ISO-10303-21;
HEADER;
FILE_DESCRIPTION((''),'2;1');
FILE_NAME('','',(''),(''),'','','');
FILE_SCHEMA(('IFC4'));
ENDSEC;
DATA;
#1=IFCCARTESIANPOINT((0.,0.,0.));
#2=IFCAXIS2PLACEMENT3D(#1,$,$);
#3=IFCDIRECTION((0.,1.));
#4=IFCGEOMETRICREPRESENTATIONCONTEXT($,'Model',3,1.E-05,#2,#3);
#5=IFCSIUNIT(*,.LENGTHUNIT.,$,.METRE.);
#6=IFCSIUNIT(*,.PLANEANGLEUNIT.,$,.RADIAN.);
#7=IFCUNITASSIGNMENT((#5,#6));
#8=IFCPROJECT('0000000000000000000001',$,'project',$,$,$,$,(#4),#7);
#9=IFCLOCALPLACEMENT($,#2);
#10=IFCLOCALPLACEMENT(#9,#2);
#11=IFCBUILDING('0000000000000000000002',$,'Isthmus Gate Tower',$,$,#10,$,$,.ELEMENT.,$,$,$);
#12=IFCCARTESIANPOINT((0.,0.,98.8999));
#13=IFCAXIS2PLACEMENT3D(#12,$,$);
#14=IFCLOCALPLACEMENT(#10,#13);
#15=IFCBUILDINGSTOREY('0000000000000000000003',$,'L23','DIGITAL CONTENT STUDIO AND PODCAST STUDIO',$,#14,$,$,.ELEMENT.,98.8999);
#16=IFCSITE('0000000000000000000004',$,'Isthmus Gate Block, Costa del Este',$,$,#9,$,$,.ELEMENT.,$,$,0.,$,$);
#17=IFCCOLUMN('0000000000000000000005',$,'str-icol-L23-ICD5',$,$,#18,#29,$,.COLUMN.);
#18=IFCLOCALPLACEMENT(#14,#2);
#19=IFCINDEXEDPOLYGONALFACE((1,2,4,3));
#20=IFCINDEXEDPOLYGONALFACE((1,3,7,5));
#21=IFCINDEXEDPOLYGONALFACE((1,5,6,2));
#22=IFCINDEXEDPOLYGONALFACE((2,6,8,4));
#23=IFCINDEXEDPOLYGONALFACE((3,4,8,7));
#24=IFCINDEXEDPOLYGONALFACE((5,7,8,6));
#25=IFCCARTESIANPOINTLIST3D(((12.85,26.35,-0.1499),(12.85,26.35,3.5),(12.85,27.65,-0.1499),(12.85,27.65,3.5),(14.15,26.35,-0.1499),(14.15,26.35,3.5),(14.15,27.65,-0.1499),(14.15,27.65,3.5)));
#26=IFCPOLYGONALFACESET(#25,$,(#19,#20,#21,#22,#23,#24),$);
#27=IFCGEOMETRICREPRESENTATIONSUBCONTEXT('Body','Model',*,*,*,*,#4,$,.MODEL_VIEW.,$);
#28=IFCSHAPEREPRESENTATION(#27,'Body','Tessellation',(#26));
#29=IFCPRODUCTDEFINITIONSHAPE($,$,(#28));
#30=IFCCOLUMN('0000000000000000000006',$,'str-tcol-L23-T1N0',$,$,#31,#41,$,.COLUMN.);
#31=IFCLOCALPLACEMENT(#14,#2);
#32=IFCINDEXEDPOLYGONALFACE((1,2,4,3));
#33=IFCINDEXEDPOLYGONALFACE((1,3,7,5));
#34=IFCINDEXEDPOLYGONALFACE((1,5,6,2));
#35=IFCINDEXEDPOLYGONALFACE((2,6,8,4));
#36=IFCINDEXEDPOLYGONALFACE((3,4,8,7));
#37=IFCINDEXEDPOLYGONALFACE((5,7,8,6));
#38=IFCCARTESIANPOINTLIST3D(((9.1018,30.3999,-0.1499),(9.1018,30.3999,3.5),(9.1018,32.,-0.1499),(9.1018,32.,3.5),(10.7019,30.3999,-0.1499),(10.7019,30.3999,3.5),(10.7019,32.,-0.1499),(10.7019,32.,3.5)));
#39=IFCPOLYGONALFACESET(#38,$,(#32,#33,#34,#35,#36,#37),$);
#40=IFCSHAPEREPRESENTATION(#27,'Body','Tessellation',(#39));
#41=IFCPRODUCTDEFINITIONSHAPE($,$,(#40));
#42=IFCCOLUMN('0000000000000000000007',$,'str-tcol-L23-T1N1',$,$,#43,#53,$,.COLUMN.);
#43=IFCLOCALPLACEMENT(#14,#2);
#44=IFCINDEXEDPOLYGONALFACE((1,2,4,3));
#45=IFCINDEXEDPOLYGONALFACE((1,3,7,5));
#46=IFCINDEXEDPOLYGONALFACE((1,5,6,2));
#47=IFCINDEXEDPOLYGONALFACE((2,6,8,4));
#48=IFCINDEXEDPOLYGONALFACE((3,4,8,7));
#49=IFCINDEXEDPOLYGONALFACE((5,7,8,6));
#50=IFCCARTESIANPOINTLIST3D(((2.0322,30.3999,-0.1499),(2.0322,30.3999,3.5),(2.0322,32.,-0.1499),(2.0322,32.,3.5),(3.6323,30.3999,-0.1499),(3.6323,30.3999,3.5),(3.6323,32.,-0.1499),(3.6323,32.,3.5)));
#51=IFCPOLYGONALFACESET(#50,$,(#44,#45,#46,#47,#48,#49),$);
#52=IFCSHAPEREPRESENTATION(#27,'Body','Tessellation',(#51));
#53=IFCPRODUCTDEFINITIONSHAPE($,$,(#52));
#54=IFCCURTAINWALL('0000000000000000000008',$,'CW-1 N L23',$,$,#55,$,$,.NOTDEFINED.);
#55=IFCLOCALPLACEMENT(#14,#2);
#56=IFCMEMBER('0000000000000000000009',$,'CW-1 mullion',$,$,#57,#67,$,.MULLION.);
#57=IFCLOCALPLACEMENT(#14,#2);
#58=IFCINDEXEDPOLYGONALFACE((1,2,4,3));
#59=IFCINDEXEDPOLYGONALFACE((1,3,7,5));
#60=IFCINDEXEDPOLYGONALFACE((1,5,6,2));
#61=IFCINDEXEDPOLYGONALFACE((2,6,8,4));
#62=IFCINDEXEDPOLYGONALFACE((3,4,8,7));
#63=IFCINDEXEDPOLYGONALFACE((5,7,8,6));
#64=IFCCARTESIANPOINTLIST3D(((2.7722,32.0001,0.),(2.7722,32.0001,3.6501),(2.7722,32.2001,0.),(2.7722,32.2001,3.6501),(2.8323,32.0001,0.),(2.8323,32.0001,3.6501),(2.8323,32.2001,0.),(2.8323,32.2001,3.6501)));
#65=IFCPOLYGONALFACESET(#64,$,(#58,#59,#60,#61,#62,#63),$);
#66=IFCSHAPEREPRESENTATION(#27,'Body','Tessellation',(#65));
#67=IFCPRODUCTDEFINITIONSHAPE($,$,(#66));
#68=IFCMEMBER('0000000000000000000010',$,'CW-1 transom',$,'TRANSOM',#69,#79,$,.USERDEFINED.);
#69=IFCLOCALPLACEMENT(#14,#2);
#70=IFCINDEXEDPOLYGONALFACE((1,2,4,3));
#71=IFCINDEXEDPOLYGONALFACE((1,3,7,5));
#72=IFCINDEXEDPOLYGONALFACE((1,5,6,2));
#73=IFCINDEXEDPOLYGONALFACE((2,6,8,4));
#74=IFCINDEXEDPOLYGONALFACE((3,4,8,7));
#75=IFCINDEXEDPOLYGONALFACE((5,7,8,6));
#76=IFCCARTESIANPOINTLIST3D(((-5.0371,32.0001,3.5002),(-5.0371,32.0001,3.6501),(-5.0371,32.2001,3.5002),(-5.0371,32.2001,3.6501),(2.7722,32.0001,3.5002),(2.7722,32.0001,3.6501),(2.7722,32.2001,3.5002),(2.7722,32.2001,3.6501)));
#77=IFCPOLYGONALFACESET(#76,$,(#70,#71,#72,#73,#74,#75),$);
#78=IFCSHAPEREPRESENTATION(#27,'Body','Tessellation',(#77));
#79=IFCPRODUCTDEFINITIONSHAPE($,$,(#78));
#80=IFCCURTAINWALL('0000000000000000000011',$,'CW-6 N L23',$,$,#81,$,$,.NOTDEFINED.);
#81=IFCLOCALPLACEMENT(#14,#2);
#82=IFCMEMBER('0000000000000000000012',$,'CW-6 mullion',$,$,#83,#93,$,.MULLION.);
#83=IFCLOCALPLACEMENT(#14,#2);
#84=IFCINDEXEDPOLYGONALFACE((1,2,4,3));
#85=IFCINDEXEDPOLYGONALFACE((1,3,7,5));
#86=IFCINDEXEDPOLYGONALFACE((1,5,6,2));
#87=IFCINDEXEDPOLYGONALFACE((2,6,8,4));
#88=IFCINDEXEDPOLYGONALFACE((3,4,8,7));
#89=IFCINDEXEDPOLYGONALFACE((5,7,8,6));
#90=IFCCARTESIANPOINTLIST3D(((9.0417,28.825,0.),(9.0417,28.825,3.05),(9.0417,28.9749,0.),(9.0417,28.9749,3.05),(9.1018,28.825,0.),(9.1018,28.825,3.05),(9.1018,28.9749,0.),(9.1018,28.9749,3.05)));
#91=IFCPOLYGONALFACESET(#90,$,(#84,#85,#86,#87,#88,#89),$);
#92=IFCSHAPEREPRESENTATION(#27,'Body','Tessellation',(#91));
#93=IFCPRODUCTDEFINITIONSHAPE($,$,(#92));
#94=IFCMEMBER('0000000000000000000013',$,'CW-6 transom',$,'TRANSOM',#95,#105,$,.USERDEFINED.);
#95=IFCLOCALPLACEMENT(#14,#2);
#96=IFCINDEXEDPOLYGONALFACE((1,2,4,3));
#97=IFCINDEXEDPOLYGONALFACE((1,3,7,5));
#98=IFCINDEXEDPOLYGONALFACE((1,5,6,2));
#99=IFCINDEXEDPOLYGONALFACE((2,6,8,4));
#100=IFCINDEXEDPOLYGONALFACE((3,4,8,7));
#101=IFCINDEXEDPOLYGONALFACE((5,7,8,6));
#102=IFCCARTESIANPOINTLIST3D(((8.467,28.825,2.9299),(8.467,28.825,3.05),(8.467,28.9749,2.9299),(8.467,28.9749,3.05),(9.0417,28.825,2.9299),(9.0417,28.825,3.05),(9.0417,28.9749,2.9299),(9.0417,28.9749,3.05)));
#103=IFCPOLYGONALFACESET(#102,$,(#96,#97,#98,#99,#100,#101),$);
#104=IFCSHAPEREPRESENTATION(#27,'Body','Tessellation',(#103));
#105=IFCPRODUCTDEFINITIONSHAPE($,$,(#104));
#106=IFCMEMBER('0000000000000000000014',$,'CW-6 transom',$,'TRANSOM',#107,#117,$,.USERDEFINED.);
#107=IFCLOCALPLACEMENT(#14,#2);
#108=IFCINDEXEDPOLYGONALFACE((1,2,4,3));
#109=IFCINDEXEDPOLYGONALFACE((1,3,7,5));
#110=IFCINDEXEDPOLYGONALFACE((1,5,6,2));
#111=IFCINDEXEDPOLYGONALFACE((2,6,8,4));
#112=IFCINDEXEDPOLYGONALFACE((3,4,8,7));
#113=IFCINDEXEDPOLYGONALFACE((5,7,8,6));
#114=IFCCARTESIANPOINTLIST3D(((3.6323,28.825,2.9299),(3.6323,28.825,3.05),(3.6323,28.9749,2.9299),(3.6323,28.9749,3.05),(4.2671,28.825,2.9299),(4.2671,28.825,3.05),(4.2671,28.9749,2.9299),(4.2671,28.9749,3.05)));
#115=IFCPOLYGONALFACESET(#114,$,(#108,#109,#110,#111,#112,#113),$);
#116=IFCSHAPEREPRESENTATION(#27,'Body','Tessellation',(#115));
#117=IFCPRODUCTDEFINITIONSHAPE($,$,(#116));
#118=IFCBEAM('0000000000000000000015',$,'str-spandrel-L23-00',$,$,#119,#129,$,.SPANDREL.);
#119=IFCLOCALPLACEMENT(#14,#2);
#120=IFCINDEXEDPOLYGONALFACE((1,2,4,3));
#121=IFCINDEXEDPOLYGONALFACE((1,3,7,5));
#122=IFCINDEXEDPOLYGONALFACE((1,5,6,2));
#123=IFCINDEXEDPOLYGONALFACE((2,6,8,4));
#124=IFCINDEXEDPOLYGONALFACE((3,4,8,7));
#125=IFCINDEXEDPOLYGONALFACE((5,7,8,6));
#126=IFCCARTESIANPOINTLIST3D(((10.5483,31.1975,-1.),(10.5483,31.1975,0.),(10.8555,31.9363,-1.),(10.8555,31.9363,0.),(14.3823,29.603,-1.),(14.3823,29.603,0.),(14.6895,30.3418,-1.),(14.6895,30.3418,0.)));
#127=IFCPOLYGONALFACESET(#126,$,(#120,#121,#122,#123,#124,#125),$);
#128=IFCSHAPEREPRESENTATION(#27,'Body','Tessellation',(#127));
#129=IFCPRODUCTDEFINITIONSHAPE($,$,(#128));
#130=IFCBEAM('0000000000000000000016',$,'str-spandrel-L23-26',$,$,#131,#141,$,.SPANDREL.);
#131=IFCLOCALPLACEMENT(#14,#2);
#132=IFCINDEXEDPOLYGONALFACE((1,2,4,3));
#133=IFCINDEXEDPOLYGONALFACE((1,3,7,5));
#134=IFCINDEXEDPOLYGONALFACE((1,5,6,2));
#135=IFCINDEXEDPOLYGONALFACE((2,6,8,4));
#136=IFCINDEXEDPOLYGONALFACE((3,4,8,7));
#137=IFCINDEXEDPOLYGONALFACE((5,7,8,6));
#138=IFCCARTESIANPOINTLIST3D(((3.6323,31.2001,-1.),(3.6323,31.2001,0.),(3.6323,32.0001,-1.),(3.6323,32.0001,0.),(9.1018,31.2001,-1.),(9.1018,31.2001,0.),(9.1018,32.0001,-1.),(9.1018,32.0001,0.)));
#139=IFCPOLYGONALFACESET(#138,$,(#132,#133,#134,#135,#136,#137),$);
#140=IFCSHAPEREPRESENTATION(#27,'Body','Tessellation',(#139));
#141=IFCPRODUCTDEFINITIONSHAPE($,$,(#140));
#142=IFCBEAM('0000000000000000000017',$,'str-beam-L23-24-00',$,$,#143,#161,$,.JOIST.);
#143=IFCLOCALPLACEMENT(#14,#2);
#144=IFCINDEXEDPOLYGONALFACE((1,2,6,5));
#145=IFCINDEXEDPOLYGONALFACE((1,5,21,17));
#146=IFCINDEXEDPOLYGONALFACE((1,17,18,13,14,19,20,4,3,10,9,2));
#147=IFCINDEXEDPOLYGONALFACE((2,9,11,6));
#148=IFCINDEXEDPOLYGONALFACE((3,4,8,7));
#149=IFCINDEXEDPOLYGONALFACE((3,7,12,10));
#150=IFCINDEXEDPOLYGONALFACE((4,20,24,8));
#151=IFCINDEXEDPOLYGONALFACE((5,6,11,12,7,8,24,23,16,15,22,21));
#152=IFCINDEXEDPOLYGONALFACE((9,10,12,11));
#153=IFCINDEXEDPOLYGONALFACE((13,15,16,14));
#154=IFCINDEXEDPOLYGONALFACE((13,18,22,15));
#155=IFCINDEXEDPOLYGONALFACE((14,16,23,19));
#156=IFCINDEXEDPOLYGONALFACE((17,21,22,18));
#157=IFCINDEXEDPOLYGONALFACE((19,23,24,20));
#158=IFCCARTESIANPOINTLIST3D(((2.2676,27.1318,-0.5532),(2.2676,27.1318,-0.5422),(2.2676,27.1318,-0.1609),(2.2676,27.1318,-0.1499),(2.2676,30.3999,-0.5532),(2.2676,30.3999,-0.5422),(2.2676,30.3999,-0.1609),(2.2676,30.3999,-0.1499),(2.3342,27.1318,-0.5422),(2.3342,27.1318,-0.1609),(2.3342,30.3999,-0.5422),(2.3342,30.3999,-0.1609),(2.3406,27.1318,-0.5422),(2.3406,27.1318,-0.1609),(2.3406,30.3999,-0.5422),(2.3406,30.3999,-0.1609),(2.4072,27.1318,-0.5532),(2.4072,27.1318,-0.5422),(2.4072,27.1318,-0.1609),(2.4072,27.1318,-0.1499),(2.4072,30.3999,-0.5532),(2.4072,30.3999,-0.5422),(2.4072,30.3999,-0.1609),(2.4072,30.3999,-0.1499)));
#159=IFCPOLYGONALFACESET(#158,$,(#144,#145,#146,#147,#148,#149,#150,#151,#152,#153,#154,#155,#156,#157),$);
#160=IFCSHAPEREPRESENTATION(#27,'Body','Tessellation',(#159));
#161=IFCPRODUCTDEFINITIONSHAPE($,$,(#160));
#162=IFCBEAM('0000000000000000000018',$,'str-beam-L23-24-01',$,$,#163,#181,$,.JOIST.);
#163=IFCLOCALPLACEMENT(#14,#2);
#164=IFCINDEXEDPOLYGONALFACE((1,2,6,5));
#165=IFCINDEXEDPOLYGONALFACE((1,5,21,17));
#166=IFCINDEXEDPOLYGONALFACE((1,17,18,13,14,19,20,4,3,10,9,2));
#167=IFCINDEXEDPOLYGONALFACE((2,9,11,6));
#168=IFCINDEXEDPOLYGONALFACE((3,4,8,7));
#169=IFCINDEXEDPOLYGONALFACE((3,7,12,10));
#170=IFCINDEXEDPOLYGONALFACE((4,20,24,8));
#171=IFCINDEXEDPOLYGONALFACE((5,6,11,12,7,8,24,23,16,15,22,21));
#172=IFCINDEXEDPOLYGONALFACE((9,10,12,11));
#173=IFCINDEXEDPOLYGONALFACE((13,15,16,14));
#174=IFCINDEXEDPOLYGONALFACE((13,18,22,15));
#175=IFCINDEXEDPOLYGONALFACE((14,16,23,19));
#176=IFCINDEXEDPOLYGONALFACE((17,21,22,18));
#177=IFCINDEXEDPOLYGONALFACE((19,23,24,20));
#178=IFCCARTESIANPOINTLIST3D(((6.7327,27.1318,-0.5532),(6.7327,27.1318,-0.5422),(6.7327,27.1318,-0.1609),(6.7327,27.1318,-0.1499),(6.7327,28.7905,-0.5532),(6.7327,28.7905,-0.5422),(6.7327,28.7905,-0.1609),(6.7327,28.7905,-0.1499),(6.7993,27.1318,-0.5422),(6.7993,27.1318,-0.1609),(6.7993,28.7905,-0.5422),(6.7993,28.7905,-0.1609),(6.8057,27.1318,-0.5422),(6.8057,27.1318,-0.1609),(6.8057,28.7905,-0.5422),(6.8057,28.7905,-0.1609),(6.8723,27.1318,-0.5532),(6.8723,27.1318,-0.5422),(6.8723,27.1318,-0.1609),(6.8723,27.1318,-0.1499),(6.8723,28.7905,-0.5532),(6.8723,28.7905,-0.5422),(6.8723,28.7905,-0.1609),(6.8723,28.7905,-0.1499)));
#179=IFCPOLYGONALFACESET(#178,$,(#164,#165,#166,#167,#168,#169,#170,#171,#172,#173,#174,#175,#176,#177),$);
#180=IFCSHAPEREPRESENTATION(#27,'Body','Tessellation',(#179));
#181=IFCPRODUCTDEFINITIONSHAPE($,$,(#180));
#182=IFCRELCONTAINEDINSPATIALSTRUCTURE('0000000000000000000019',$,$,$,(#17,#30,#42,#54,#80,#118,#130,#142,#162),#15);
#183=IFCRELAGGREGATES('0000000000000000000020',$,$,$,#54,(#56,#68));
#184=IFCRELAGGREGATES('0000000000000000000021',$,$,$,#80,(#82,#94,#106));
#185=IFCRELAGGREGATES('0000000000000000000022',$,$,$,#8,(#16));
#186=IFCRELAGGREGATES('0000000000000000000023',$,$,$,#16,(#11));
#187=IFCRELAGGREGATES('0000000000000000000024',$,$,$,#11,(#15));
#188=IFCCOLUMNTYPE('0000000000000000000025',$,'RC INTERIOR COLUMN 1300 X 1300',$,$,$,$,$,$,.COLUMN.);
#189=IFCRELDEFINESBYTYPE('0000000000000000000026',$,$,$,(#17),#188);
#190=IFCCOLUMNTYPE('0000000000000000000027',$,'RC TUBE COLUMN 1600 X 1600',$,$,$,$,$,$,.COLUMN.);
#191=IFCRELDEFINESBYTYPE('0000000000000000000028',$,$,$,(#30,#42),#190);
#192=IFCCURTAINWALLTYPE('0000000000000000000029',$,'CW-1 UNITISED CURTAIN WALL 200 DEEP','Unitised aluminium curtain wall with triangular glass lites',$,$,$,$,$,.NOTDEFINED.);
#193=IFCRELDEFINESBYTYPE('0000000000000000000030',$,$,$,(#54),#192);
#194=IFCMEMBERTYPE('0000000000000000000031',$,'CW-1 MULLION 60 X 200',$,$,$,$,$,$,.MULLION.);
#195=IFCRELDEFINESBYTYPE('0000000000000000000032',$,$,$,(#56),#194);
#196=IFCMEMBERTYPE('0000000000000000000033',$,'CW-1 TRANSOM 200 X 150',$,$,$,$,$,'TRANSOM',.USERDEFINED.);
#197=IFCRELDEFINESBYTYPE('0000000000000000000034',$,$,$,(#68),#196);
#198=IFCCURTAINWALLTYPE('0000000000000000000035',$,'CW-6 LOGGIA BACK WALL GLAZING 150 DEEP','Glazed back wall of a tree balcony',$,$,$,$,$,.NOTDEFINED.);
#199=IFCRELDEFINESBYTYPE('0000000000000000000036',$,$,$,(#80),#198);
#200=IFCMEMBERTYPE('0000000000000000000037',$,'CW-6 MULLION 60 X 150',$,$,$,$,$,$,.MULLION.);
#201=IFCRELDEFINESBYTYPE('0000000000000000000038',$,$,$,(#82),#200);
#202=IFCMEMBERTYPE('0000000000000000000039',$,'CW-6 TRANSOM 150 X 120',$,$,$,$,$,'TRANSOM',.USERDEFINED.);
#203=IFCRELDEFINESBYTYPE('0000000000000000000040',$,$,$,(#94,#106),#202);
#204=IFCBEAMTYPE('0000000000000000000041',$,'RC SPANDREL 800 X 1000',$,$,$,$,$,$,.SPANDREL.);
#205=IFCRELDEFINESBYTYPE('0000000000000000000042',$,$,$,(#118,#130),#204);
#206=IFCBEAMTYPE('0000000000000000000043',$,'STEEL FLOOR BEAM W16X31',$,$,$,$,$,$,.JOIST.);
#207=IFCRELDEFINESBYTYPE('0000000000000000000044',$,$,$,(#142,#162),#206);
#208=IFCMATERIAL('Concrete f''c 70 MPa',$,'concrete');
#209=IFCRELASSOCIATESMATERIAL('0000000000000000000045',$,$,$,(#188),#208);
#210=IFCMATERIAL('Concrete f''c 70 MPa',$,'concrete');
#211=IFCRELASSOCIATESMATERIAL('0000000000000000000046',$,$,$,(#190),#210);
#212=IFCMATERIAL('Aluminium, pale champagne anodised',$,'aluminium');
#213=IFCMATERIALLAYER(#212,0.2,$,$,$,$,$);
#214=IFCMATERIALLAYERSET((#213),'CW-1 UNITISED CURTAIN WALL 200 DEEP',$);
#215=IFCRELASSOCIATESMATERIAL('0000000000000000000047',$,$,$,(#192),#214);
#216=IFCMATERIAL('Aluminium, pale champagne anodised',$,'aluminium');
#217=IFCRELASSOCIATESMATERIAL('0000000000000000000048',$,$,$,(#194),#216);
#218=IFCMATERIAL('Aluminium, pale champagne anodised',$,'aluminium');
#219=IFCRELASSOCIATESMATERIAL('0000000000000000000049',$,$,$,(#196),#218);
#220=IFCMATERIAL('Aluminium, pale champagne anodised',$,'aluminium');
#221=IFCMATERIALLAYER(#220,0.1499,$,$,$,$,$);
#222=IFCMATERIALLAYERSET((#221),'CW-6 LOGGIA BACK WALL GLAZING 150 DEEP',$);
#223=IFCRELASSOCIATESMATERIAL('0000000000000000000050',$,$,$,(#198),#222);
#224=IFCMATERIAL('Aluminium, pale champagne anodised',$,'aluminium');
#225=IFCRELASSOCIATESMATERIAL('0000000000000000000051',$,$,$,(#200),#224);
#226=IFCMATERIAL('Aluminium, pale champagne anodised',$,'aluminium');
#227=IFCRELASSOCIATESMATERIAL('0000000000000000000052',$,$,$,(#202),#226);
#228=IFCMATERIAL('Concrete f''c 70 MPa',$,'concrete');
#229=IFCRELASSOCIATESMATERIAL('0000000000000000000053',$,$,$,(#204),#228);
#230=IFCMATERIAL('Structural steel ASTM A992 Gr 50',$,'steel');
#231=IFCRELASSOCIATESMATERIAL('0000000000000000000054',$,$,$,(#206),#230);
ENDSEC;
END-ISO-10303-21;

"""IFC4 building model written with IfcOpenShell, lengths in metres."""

from ifc_helpers import new_model, si_unit, direction, frame, origin, origin_2d, place, context, subcontext, project, spatial, rectangle, i_section, extrude, material, layer, layer_set, material_profile, profile_set, type_object, element, aggregate, save


model = new_model("IFC4")

# Units and contexts
model_context = context("Model", 3, precision=1e-05, world=origin(), true_north=direction((0.0, 1.0)))
body_context = subcontext(model_context, "Body", "Model", "MODEL_VIEW")
ifc_project = project(units=[si_unit("LENGTHUNIT", "METRE"), si_unit("PLANEANGLEUNIT", "RADIAN")], contexts=[model_context])

# Site, building, storey
site_placement = place(None, origin())
site = spatial("IfcSite", under=ifc_project, at=site_placement, Name="Isthmus Gate Block, Costa del Este", CompositionType="ELEMENT", RefElevation=0.0)
building_placement = place(site_placement, origin())
building = spatial("IfcBuilding", under=site, at=building_placement, Name="Isthmus Gate Tower", CompositionType="ELEMENT")
storey_placement = place(building_placement, frame((0.0, 0.0, 98.8999)))
storey = spatial("IfcBuildingStorey", under=building, at=storey_placement, Name="L23", Description="DIGITAL CONTENT STUDIO AND PODCAST STUDIO", CompositionType="ELEMENT", Elevation=98.8999)

# Columns
ifc_material_1 = material(Name="Concrete f'c 70 MPa", Category="concrete")
ifc_material_profile_1 = material_profile(ifc_material_1, rectangle(XDim=1.3, YDim=1.3, at=origin_2d()), Name="RC 1300X1300")
ifc_profile_set_1 = profile_set([ifc_material_profile_1], Name="Concrete f'c 70 MPa")
column_type_1 = type_object("IfcColumnType", Name="RC INTERIOR COLUMN 1300 X 1300", PredefinedType="COLUMN", material=ifc_profile_set_1)
column_placement = place(storey_placement, frame((13.5, 27.0, -0.1499), z_axis=(0.0, 0.0, 1.0), x_axis=(1.0, 0.0, 0.0)))
element("IfcColumn", 1, at=column_placement, inside=storey, type_object=column_type_1, Name="str-icol-L23-ICD5", PredefinedType="COLUMN", context=body_context, shape_type="SweptSolid", body=[
    extrude(rectangle(XDim=1.3, YDim=1.3, at=origin_2d()), origin(), (0.0, 0.0, 1.0), 3.6499),
])
ifc_material_2 = material(Name="Concrete f'c 70 MPa", Category="concrete")
ifc_material_profile_2 = material_profile(ifc_material_2, rectangle(XDim=1.6001, YDim=1.6001, at=origin_2d()), Name="RC 1600X1600")
ifc_profile_set_2 = profile_set([ifc_material_profile_2], Name="Concrete f'c 70 MPa")
column_type_2 = type_object("IfcColumnType", Name="RC TUBE COLUMN 1600 X 1600", PredefinedType="COLUMN", material=ifc_profile_set_2)
for number, where, z_axis, x_axis, name in (
    (2, (9.9019, 31.2, -0.1499), (0.0, 0.0, 1.0), (-1.0, 0.0, 0.0), "str-tcol-L23-T1N0"),
    (3, (2.8323, 31.2, -0.1499), (0.0, 0.0, 1.0), (-1.0, 0.0, 0.0), "str-tcol-L23-T1N1"),
):
    element("IfcColumn", number, at=place(storey_placement, frame(where, z_axis=z_axis, x_axis=x_axis)), inside=storey, type_object=column_type_2, Name=name, PredefinedType="COLUMN", context=body_context, shape_type="SweptSolid", body=[
        extrude(rectangle(XDim=1.6001, YDim=1.6001, at=origin_2d()), origin(), (0.0, 0.0, 1.0), 3.6499),
    ])

# Curtain walls, members
ifc_material_3 = material(Name="Aluminium, pale champagne anodised", Category="aluminium")
ifc_layer_1 = layer(ifc_material_3, 0.2)
ifc_layer_set_1 = layer_set([ifc_layer_1], Name="CW-1 UNITISED CURTAIN WALL 200 DEEP")
curtain_wall_type_1 = type_object("IfcCurtainWallType", Name="CW-1 UNITISED CURTAIN WALL 200 DEEP", Description="Unitised aluminium curtain wall with triangular glass lites", PredefinedType="NOTDEFINED", material=ifc_layer_set_1)
curtain_wall_1_placement = place(storey_placement, origin())
curtain_wall_1 = element("IfcCurtainWall", 4, at=curtain_wall_1_placement, inside=storey, type_object=curtain_wall_type_1, Name="CW-1 N L23", PredefinedType="NOTDEFINED")
ifc_material_4 = material(Name="Aluminium, pale champagne anodised", Category="aluminium")
ifc_material_profile_3 = material_profile(ifc_material_4, rectangle(XDim=0.0601, YDim=0.2, at=origin_2d()), Name="60x200")
ifc_profile_set_3 = profile_set([ifc_material_profile_3], Name="Aluminium, pale champagne anodised")
member_type_1 = type_object("IfcMemberType", Name="CW-1 MULLION 60 X 200", PredefinedType="MULLION", material=ifc_profile_set_3)
member_1_placement = place(storey_placement, frame((2.8022, 32.1001, 0.0), z_axis=(0.0, 0.0, 1.0), x_axis=(-1.0, 0.0, 0.0)))
member_1 = element("IfcMember", 5, at=member_1_placement, type_object=member_type_1, Name="CW-1 mullion", PredefinedType="MULLION", context=body_context, shape_type="SweptSolid", body=[
    extrude(rectangle(XDim=0.0601, YDim=0.2, at=origin_2d()), origin(), (0.0, 0.0, 1.0), 3.6501),
])
ifc_material_5 = material(Name="Aluminium, pale champagne anodised", Category="aluminium")
ifc_material_profile_4 = material_profile(ifc_material_5, rectangle(XDim=0.2, YDim=0.1499, at=origin_2d()), Name="200x150")
ifc_profile_set_4 = profile_set([ifc_material_profile_4], Name="Aluminium, pale champagne anodised")
member_type_2 = type_object("IfcMemberType", Name="CW-1 TRANSOM 200 X 150", ElementType="TRANSOM", PredefinedType="USERDEFINED", material=ifc_profile_set_4)
member_2_placement = place(storey_placement, frame((2.7722, 32.1001, 3.5752), z_axis=(-1.0, 0.0, 0.0), x_axis=(0.0, -1.0, 0.0)))
member_2 = element("IfcMember", 6, at=member_2_placement, type_object=member_type_2, Name="CW-1 transom", ObjectType="TRANSOM", PredefinedType="USERDEFINED", context=body_context, shape_type="SweptSolid", body=[
    extrude(rectangle(XDim=0.2, YDim=0.1499, at=origin_2d()), origin(), (0.0, 0.0, 1.0), 7.8093),
])
aggregate(curtain_wall_1, [member_1, member_2])
ifc_material_6 = material(Name="Aluminium, pale champagne anodised", Category="aluminium")
ifc_layer_2 = layer(ifc_material_6, 0.1499)
ifc_layer_set_2 = layer_set([ifc_layer_2], Name="CW-6 LOGGIA BACK WALL GLAZING 150 DEEP")
curtain_wall_type_2 = type_object("IfcCurtainWallType", Name="CW-6 LOGGIA BACK WALL GLAZING 150 DEEP", Description="Glazed back wall of a tree balcony", PredefinedType="NOTDEFINED", material=ifc_layer_set_2)
curtain_wall_2_placement = place(storey_placement, origin())
curtain_wall_2 = element("IfcCurtainWall", 7, at=curtain_wall_2_placement, inside=storey, type_object=curtain_wall_type_2, Name="CW-6 N L23", PredefinedType="NOTDEFINED")
ifc_material_7 = material(Name="Aluminium, pale champagne anodised", Category="aluminium")
ifc_material_profile_5 = material_profile(ifc_material_7, rectangle(XDim=0.0601, YDim=0.1499, at=origin_2d()), Name="60x150")
ifc_profile_set_5 = profile_set([ifc_material_profile_5], Name="Aluminium, pale champagne anodised")
member_type_3 = type_object("IfcMemberType", Name="CW-6 MULLION 60 X 150", PredefinedType="MULLION", material=ifc_profile_set_5)
member_3_placement = place(storey_placement, frame((9.0718, 28.8999, 0.0), z_axis=(0.0, 0.0, 1.0), x_axis=(-1.0, 0.0, 0.0)))
member_3 = element("IfcMember", 8, at=member_3_placement, type_object=member_type_3, Name="CW-6 mullion", PredefinedType="MULLION", context=body_context, shape_type="SweptSolid", body=[
    extrude(rectangle(XDim=0.0601, YDim=0.1499, at=origin_2d()), origin(), (0.0, 0.0, 1.0), 3.05),
])
ifc_material_8 = material(Name="Aluminium, pale champagne anodised", Category="aluminium")
ifc_material_profile_6 = material_profile(ifc_material_8, rectangle(XDim=0.1499, YDim=0.1201, at=origin_2d()), Name="150x120")
ifc_profile_set_6 = profile_set([ifc_material_profile_6], Name="Aluminium, pale champagne anodised")
member_type_4 = type_object("IfcMemberType", Name="CW-6 TRANSOM 150 X 120", ElementType="TRANSOM", PredefinedType="USERDEFINED", material=ifc_profile_set_6)
member_4_placement = place(storey_placement, frame((9.0417, 28.8999, 2.99), z_axis=(-1.0, 0.0, 0.0), x_axis=(0.0, -1.0, 0.0)))
member_4 = element("IfcMember", 9, at=member_4_placement, type_object=member_type_4, Name="CW-6 transom", ObjectType="TRANSOM", PredefinedType="USERDEFINED", context=body_context, shape_type="SweptSolid", body=[
    extrude(rectangle(XDim=0.1499, YDim=0.1201, at=origin_2d()), origin(), (0.0, 0.0, 1.0), 0.5747),
])
member_5_placement = place(storey_placement, frame((4.2671, 28.8999, 2.99), z_axis=(-1.0, 0.0, 0.0), x_axis=(0.0, -1.0, 0.0)))
member_5 = element("IfcMember", 10, at=member_5_placement, type_object=member_type_4, Name="CW-6 transom", ObjectType="TRANSOM", PredefinedType="USERDEFINED", context=body_context, shape_type="SweptSolid", body=[
    extrude(rectangle(XDim=0.1499, YDim=0.1201, at=origin_2d()), origin(), (0.0, 0.0, 1.0), 0.6348),
])

# Beams
ifc_material_9 = material(Name="Concrete f'c 70 MPa", Category="concrete")
ifc_material_profile_7 = material_profile(ifc_material_9, rectangle(XDim=0.8, YDim=1.0, at=origin_2d()), Name="RC 800X1000")
ifc_profile_set_7 = profile_set([ifc_material_profile_7], Name="Concrete f'c 70 MPa")
beam_type_1 = type_object("IfcBeamType", Name="RC SPANDREL 800 X 1000", PredefinedType="SPANDREL", material=ifc_profile_set_7)
beam_1_placement = place(storey_placement, frame((10.7019, 31.5669, -0.5), z_axis=(0.923334, -0.383997, 0.0), x_axis=(0.383997, 0.923334, 0.0)))
element("IfcBeam", 11, at=beam_1_placement, inside=storey, type_object=beam_type_1, Name="str-spandrel-L23-00", PredefinedType="SPANDREL", context=body_context, shape_type="SweptSolid", body=[
    extrude(rectangle(XDim=0.8, YDim=1.0, at=origin_2d()), origin(), (0.0, 0.0, 1.0), 4.1523),
])
beam_2_placement = place(storey_placement, frame((3.6323, 31.6001, -0.5), z_axis=(1.0, 0.0, 0.0), x_axis=(0.0, 1.0, 0.0)))
element("IfcBeam", 12, at=beam_2_placement, inside=storey, type_object=beam_type_1, Name="str-spandrel-L23-26", PredefinedType="SPANDREL", context=body_context, shape_type="SweptSolid", body=[
    extrude(rectangle(XDim=0.8, YDim=1.0, at=origin_2d()), origin(), (0.0, 0.0, 1.0), 5.4695),
])
ifc_material_10 = material(Name="Structural steel ASTM A992 Gr 50", Category="steel")
ifc_material_profile_8 = material_profile(ifc_material_10, i_section(OverallWidth=0.1396, OverallDepth=0.4033, WebThickness=0.0063, FlangeThickness=0.011, at=origin_2d()), Name="W16X31")
ifc_profile_set_8 = profile_set([ifc_material_profile_8], Name="Structural steel ASTM A992 Gr 50")
beam_type_2 = type_object("IfcBeamType", Name="STEEL FLOOR BEAM W16X31", PredefinedType="JOIST", material=ifc_profile_set_8)
beam_3_placement = place(storey_placement, frame((2.3374, 27.1318, -0.3516), z_axis=(0.0, 1.0, 0.0), x_axis=(-1.0, 0.0, 0.0)))
element("IfcBeam", 13, at=beam_3_placement, inside=storey, type_object=beam_type_2, Name="str-beam-L23-24-00", PredefinedType="JOIST", context=body_context, shape_type="SweptSolid", body=[
    extrude(i_section(OverallWidth=0.1396, OverallDepth=0.4033, WebThickness=0.0063, FlangeThickness=0.011, at=origin_2d()), origin(), (0.0, 0.0, 1.0), 3.2681),
])
beam_4_placement = place(storey_placement, frame((6.8025, 27.1318, -0.3516), z_axis=(0.0, 1.0, 0.0), x_axis=(-1.0, 0.0, 0.0)))
element("IfcBeam", 14, at=beam_4_placement, inside=storey, type_object=beam_type_2, Name="str-beam-L23-24-01", PredefinedType="JOIST", context=body_context, shape_type="SweptSolid", body=[
    extrude(i_section(OverallWidth=0.1396, OverallDepth=0.4033, WebThickness=0.0063, FlangeThickness=0.011, at=origin_2d()), origin(), (0.0, 0.0, 1.0), 1.6587),
])

aggregate(curtain_wall_2, [member_3, member_4, member_5])

save(model, "model.ifc")
